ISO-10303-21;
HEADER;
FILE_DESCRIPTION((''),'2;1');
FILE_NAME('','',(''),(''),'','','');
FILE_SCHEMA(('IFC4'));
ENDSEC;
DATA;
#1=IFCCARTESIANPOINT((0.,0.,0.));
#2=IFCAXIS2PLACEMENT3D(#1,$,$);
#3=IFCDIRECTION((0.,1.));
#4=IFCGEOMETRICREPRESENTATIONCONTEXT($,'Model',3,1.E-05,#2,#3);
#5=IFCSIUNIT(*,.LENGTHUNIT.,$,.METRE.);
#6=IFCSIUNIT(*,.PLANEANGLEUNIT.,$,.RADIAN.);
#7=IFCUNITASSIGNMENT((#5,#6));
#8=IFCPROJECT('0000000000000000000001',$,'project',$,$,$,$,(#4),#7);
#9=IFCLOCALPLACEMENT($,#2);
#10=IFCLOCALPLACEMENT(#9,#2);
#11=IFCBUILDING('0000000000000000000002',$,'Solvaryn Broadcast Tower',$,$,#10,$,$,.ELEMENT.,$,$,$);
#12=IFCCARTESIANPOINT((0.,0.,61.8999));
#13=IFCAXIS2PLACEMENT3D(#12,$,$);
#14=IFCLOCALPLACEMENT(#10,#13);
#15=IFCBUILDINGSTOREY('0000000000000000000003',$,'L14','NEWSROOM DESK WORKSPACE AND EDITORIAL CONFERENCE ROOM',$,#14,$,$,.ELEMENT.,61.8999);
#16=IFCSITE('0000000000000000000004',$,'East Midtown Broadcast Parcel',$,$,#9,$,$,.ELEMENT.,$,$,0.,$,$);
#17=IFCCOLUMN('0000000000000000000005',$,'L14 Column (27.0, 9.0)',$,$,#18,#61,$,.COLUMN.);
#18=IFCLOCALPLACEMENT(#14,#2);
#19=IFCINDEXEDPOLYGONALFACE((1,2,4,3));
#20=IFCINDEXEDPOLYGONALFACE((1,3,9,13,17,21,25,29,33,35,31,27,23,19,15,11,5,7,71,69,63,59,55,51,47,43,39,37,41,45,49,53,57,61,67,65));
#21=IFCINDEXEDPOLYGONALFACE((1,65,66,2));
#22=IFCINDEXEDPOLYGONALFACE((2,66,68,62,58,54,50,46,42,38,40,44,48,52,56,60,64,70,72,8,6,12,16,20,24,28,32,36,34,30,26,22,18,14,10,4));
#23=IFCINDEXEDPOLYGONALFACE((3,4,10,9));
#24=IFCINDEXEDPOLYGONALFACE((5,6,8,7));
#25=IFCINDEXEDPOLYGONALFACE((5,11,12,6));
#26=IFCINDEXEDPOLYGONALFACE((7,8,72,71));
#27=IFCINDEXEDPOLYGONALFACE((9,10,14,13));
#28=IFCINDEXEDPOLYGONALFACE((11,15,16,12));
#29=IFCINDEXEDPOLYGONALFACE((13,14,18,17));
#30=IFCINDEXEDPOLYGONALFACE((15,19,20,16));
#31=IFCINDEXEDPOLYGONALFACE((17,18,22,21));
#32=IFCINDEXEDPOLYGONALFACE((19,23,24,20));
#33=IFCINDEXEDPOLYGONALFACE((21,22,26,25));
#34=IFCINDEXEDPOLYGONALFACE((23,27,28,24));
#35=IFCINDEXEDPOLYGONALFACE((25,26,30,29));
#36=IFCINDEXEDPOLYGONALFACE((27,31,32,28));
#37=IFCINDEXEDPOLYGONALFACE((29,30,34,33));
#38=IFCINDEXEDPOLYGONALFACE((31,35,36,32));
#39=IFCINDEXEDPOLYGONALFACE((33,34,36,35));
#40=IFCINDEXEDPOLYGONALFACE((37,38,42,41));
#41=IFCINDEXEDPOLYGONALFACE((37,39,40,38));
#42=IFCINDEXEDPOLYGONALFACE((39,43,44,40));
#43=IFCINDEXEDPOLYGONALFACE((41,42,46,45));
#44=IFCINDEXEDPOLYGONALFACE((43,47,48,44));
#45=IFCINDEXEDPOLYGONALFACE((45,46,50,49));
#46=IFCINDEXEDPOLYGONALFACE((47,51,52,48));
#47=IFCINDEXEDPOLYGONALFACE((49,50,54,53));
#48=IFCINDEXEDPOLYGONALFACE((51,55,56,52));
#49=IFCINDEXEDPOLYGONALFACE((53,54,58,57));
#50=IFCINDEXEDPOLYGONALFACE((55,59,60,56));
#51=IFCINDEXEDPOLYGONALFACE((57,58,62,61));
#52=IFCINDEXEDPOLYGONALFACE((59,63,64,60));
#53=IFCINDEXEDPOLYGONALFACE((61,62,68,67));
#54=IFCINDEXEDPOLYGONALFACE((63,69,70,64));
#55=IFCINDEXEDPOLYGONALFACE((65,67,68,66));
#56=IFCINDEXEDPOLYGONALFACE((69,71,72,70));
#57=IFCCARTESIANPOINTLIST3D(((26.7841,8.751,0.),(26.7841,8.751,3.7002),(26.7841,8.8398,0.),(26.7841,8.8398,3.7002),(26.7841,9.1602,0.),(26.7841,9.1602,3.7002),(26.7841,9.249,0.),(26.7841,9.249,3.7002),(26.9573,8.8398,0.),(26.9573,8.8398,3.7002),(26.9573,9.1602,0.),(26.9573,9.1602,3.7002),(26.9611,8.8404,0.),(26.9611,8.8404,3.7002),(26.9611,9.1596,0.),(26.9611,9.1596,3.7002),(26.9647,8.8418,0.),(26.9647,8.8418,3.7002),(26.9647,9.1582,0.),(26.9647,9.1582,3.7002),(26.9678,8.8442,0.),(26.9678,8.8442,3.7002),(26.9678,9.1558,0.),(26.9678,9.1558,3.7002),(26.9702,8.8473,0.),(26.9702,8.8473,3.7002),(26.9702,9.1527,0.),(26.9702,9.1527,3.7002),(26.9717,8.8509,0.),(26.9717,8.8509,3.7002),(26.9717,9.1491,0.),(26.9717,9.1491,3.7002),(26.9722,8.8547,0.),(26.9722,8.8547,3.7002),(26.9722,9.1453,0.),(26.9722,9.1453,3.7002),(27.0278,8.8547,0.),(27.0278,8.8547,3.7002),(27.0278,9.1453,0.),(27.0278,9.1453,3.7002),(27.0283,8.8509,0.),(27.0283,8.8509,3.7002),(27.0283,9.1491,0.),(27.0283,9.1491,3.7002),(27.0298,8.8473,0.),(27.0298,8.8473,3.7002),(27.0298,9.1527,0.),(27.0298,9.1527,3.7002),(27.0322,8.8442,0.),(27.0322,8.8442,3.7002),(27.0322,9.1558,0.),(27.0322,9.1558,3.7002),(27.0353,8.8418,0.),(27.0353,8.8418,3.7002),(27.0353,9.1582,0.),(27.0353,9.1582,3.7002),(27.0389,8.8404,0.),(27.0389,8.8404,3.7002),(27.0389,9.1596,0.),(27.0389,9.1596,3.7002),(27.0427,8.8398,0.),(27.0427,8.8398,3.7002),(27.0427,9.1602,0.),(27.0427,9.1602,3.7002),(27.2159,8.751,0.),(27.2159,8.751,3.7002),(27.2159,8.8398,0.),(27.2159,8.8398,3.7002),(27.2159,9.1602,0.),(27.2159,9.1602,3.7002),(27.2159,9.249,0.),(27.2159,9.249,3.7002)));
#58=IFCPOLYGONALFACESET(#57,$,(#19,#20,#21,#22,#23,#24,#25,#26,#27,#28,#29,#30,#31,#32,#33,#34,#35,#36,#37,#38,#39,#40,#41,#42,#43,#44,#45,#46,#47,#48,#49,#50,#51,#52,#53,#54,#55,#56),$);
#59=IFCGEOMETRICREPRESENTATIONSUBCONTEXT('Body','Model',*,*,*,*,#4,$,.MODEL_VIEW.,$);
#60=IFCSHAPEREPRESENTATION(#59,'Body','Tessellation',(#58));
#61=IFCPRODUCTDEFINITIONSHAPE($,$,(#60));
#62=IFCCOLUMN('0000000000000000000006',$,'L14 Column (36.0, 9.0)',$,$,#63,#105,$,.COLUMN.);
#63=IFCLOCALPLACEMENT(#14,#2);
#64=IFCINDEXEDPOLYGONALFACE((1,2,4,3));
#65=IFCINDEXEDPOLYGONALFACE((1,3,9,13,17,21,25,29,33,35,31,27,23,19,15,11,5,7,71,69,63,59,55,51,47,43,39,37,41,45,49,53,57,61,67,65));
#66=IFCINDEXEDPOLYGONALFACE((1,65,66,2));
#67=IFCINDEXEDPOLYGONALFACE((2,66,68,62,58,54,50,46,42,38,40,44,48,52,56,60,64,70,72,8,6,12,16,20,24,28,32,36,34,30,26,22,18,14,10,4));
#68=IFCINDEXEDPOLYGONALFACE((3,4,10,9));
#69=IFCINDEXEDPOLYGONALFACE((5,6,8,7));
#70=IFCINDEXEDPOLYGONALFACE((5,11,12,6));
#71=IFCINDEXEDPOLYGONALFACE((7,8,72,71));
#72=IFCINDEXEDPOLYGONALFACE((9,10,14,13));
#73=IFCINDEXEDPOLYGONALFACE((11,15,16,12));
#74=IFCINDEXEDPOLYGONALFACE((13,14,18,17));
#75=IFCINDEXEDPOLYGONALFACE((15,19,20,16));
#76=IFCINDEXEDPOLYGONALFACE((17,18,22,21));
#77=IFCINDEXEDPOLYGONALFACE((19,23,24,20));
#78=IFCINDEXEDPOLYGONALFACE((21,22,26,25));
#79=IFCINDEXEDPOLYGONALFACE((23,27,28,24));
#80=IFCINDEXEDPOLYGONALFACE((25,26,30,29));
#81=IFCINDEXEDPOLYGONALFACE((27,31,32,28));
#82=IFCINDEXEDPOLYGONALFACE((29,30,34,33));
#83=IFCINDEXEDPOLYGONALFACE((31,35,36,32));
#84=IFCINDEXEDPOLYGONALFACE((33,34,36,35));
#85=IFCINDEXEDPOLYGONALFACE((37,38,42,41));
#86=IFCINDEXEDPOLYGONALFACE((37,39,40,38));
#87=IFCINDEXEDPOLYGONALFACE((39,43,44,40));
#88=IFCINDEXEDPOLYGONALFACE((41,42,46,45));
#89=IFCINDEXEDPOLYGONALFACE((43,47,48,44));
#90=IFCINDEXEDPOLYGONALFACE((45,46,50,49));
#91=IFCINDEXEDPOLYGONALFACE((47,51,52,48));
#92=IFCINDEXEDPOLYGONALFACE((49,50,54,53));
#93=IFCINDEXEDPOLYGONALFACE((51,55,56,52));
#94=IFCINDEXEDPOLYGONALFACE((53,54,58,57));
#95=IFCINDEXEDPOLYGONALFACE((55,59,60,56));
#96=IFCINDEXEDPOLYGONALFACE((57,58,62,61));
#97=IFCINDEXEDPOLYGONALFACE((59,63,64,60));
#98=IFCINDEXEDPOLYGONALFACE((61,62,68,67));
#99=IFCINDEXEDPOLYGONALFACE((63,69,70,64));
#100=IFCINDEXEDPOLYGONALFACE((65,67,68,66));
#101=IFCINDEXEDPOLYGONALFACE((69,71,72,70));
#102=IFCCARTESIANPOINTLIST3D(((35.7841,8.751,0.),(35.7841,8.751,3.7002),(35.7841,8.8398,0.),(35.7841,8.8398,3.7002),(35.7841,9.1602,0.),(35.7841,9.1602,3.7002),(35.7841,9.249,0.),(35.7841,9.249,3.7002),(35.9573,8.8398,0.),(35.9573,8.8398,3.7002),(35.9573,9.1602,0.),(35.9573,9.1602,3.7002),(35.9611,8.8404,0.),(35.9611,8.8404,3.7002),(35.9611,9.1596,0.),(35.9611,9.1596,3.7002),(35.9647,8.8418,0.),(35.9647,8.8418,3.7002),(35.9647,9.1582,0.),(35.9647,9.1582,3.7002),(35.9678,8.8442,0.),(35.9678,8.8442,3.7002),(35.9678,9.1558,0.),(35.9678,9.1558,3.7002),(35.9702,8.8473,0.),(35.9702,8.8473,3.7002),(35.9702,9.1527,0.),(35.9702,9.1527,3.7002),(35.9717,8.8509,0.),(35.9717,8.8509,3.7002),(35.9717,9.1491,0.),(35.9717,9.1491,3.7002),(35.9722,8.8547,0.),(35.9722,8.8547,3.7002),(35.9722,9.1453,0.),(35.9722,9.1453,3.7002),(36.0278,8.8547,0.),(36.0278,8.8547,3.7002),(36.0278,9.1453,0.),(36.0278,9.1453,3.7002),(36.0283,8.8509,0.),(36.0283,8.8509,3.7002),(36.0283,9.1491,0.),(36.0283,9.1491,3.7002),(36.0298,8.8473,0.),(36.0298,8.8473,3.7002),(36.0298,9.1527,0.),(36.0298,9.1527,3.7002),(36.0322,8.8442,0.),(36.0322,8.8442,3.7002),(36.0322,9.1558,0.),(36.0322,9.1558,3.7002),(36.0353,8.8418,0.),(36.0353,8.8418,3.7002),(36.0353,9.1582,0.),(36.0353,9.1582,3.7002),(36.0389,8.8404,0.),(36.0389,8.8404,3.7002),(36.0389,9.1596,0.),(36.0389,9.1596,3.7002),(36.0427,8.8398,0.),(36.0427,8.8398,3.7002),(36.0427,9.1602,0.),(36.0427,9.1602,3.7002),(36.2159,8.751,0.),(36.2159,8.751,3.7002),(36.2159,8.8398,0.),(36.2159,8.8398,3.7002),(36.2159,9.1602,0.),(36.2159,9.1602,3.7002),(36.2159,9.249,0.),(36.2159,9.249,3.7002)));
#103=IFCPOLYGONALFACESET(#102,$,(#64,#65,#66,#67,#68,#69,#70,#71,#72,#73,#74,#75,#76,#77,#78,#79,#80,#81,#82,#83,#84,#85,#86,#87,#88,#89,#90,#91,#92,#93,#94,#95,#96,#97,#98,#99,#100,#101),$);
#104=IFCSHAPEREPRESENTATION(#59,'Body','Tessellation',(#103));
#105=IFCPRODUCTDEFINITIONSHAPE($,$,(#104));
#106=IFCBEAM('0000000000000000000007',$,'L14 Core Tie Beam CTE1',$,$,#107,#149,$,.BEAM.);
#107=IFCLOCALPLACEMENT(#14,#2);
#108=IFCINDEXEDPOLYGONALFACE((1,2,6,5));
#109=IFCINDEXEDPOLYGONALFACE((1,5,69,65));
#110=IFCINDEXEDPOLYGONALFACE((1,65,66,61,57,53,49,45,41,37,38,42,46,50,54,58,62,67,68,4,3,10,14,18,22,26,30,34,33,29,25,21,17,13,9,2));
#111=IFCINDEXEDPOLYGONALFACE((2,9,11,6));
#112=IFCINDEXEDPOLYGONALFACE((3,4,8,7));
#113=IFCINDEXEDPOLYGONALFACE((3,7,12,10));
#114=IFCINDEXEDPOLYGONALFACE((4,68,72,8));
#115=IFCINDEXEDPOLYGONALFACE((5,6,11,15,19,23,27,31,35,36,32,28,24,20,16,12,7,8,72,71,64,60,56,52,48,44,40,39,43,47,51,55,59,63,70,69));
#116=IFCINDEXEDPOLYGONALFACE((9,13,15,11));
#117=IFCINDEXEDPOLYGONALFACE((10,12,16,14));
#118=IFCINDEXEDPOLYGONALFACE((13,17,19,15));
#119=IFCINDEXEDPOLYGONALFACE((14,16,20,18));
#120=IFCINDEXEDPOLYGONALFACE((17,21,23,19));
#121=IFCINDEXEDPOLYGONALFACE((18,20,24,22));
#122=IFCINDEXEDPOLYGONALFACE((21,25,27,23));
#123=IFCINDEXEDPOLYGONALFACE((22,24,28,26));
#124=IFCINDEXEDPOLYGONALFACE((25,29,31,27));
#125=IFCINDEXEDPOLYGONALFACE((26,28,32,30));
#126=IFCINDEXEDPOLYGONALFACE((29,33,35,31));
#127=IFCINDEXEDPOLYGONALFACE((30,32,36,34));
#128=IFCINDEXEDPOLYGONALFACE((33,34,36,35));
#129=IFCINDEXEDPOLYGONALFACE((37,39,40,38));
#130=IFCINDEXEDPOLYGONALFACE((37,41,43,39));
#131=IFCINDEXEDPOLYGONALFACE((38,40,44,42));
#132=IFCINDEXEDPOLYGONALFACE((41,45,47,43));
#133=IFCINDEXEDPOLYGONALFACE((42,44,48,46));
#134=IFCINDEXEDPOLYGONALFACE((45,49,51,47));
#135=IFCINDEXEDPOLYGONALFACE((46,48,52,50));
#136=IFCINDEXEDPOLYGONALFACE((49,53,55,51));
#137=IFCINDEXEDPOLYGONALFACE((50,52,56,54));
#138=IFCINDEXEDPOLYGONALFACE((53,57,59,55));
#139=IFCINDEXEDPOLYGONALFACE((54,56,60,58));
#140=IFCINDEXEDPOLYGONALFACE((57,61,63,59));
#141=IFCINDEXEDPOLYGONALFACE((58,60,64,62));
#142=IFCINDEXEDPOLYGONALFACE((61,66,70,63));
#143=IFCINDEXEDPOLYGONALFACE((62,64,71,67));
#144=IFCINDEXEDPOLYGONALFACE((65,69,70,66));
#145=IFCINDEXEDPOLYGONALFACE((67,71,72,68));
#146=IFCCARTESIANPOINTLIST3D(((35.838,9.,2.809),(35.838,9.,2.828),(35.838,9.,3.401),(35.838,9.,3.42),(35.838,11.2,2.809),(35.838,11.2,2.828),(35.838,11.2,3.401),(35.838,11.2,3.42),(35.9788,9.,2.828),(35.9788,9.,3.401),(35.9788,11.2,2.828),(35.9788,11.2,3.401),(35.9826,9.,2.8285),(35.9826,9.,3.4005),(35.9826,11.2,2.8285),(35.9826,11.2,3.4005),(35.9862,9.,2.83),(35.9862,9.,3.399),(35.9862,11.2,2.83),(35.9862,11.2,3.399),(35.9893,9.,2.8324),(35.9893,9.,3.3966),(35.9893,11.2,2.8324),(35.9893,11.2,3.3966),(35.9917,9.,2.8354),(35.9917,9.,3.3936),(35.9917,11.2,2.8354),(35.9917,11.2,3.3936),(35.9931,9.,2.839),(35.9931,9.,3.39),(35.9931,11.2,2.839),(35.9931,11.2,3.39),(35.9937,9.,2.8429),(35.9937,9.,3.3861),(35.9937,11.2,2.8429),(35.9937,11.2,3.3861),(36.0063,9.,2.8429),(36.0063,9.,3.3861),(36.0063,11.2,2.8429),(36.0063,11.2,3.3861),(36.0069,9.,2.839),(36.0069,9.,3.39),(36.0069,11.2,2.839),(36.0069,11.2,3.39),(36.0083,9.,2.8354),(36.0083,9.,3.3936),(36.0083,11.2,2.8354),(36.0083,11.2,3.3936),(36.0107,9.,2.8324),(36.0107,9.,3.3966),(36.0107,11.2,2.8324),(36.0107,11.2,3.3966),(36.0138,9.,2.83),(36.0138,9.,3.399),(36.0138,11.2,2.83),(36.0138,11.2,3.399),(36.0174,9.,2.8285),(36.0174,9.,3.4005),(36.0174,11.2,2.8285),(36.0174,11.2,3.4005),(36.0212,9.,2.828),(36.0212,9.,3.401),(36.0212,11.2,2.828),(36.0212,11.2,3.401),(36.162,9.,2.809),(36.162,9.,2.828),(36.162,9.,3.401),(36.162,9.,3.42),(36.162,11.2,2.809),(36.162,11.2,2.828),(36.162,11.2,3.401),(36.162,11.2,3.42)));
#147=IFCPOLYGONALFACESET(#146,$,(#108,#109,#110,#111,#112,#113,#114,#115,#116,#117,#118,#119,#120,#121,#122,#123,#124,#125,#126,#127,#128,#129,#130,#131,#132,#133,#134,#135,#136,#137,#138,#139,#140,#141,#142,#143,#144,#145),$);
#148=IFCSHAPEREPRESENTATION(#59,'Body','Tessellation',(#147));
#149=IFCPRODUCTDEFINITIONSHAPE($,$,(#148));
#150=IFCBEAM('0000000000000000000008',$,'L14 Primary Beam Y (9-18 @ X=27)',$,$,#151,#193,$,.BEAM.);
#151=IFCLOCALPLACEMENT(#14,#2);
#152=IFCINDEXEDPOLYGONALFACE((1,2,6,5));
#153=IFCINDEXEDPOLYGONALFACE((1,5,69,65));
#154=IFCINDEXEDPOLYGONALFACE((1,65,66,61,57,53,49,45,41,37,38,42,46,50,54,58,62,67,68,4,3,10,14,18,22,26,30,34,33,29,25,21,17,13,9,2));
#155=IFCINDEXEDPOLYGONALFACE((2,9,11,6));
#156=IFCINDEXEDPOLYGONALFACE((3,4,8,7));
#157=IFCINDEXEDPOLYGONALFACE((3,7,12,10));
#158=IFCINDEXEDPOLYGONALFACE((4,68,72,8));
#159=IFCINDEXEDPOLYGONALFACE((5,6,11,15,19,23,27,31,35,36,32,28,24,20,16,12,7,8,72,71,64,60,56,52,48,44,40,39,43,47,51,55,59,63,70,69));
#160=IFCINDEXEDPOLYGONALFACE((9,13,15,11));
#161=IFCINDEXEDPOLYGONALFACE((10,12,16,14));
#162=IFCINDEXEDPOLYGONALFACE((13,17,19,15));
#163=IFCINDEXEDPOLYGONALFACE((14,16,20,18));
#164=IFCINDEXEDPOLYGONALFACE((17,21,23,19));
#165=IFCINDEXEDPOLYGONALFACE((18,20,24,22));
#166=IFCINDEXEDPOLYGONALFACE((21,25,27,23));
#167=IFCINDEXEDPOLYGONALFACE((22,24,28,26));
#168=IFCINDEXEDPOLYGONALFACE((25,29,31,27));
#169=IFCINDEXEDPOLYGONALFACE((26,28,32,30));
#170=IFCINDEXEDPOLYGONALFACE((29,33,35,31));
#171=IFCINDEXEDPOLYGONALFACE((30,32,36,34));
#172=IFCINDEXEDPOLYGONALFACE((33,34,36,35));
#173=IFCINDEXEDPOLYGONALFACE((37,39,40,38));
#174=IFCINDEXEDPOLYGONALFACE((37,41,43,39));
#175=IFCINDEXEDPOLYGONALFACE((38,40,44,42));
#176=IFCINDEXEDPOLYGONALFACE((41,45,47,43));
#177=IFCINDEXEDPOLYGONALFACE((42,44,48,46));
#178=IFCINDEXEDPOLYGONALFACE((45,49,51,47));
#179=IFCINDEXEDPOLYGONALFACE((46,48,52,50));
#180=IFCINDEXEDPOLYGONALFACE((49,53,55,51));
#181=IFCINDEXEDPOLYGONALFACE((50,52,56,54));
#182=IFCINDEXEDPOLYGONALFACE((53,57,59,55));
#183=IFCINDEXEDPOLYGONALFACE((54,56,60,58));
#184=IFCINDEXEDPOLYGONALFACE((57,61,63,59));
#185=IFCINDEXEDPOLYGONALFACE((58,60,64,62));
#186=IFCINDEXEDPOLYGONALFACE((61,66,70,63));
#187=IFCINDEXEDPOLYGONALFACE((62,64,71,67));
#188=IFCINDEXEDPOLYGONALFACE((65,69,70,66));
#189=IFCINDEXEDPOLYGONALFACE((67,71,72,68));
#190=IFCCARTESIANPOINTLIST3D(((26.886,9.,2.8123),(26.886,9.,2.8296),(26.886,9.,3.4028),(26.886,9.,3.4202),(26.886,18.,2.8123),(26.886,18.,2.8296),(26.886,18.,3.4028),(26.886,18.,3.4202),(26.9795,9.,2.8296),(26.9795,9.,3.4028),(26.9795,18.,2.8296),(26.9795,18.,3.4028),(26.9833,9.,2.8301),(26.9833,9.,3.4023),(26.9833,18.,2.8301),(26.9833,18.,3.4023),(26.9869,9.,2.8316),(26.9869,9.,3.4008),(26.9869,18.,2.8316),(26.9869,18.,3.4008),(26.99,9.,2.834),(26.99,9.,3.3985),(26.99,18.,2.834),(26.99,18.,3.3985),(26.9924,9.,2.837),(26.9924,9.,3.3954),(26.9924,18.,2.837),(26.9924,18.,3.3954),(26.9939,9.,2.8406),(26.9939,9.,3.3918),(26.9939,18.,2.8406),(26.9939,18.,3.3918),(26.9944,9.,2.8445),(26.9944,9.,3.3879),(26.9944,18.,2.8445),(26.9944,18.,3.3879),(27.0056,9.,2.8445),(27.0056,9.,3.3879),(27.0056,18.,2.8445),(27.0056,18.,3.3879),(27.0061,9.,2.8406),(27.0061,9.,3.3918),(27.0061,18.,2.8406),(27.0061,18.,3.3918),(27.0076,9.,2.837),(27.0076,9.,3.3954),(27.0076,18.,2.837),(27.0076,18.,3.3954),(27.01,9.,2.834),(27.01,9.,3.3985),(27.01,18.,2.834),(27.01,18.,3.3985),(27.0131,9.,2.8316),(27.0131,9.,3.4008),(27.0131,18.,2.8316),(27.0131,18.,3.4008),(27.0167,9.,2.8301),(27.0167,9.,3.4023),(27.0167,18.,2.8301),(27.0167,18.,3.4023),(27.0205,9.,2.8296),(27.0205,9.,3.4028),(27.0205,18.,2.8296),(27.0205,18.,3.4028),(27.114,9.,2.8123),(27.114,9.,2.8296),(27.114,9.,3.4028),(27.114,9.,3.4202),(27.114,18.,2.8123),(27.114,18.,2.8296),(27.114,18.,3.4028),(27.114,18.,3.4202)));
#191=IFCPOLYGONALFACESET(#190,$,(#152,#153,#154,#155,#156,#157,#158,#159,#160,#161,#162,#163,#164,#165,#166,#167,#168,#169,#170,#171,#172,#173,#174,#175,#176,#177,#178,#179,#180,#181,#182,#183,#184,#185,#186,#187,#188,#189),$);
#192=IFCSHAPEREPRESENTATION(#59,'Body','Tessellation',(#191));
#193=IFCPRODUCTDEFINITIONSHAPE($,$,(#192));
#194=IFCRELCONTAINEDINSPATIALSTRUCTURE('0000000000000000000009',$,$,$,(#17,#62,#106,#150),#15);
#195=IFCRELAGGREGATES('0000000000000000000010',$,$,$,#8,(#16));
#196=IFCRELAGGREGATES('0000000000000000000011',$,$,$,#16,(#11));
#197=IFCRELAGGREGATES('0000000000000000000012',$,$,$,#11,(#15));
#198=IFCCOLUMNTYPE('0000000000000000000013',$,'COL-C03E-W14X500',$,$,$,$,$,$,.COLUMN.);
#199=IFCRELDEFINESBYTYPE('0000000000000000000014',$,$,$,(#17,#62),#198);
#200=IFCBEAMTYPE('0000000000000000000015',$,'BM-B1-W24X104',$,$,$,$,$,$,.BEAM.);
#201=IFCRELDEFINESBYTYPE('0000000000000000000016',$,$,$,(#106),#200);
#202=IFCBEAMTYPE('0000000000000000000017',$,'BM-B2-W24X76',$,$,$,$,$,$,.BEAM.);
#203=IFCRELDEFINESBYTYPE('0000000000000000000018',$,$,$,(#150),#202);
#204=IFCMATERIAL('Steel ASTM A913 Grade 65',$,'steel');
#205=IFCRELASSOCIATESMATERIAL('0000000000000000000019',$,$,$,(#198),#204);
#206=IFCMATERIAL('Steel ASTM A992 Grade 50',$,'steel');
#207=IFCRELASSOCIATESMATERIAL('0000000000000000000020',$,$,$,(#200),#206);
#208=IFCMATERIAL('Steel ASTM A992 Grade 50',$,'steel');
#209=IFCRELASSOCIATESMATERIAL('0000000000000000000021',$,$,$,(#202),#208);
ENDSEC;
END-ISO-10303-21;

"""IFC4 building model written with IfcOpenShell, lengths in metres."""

from ifc_helpers import new_model, si_unit, direction, frame, origin, origin_2d, place, context, subcontext, project, spatial, i_section, extrude, material, material_profile, profile_set, type_object, element, save


model = new_model("IFC4")

# Units and contexts
model_context = context("Model", 3, precision=1e-05, world=origin(), true_north=direction((0.0, 1.0)))
body_context = subcontext(model_context, "Body", "Model", "MODEL_VIEW")
ifc_project = project(units=[si_unit("LENGTHUNIT", "METRE"), si_unit("PLANEANGLEUNIT", "RADIAN")], contexts=[model_context])

# Site, building, storey
site_placement = place(None, origin())
site = spatial("IfcSite", under=ifc_project, at=site_placement, Name="East Midtown Broadcast Parcel", CompositionType="ELEMENT", RefElevation=0.0)
building_placement = place(site_placement, origin())
building = spatial("IfcBuilding", under=site, at=building_placement, Name="Solvaryn Broadcast Tower", CompositionType="ELEMENT")
storey_placement = place(building_placement, frame((0.0, 0.0, 61.8999)))
storey = spatial("IfcBuildingStorey", under=building, at=storey_placement, Name="L14", Description="NEWSROOM DESK WORKSPACE AND EDITORIAL CONFERENCE ROOM", CompositionType="ELEMENT", Elevation=61.8999)

# Columns
ifc_material_1 = material(Name="Steel ASTM A913 Grade 65", Category="steel")
ifc_material_profile_1 = material_profile(ifc_material_1, i_section(OverallWidth=0.4319, OverallDepth=0.498, WebThickness=0.0557, FlangeThickness=0.0889, FilletRadius=0.0149, at=origin_2d()))
ifc_profile_set_1 = profile_set([ifc_material_profile_1], Name="Steel ASTM A913 Grade 65")
column_type = type_object("IfcColumnType", Name="COL-C03E-W14X500", PredefinedType="COLUMN", material=ifc_profile_set_1)
for number, where, z_axis, x_axis, name in (
    (1, (27.0, 9.0, 0.0), (0.0, 0.0, 1.0), (1.0, 0.0, 0.0), "L14 Column (27.0, 9.0)"),
    (2, (36.0, 9.0, 0.0), (0.0, 0.0, 1.0), (1.0, 0.0, 0.0), "L14 Column (36.0, 9.0)"),
):
    element("IfcColumn", number, at=place(storey_placement, frame(where, z_axis=z_axis, x_axis=x_axis)), inside=storey, type_object=column_type, Name=name, PredefinedType="COLUMN", context=body_context, shape_type="SweptSolid", body=[
        extrude(i_section(OverallWidth=0.4319, OverallDepth=0.498, WebThickness=0.0557, FlangeThickness=0.0889, FilletRadius=0.0149, at=origin_2d()), origin(), (0.0, 0.0, 1.0), 3.7002),
    ])

# Beams
ifc_material_2 = material(Name="Steel ASTM A992 Grade 50", Category="steel")
ifc_material_profile_2 = material_profile(ifc_material_2, i_section(OverallWidth=0.324, OverallDepth=0.6111, WebThickness=0.0127, FlangeThickness=0.019, FilletRadius=0.0149, at=origin_2d()))
ifc_profile_set_2 = profile_set([ifc_material_profile_2], Name="Steel ASTM A992 Grade 50")
beam_type_1 = type_object("IfcBeamType", Name="BM-B1-W24X104", PredefinedType="BEAM", material=ifc_profile_set_2)
beam_1_placement = place(storey_placement, frame((36.0, 9.0, 3.1145), z_axis=(0.0, 1.0, 0.0), x_axis=(-1.0, 0.0, 0.0)))
element("IfcBeam", 3, at=beam_1_placement, inside=storey, type_object=beam_type_1, Name="L14 Core Tie Beam CTE1", PredefinedType="BEAM", context=body_context, shape_type="SweptSolid", body=[
    extrude(i_section(OverallWidth=0.324, OverallDepth=0.6111, WebThickness=0.0127, FlangeThickness=0.019, FilletRadius=0.0149, at=origin_2d()), origin(), (0.0, 0.0, 1.0), 2.2),
])
ifc_material_3 = material(Name="Steel ASTM A992 Grade 50", Category="steel")
ifc_material_profile_3 = material_profile(ifc_material_3, i_section(OverallWidth=0.228, OverallDepth=0.6079, WebThickness=0.0112, FlangeThickness=0.0173, FilletRadius=0.0149, at=origin_2d()))
ifc_profile_set_3 = profile_set([ifc_material_profile_3], Name="Steel ASTM A992 Grade 50")
beam_type_2 = type_object("IfcBeamType", Name="BM-B2-W24X76", PredefinedType="BEAM", material=ifc_profile_set_3)
beam_2_placement = place(storey_placement, frame((27.0, 9.0, 3.1162), z_axis=(0.0, 1.0, 0.0), x_axis=(-1.0, 0.0, 0.0)))
element("IfcBeam", 4, at=beam_2_placement, inside=storey, type_object=beam_type_2, Name="L14 Primary Beam Y (9-18 @ X=27)", PredefinedType="BEAM", context=body_context, shape_type="SweptSolid", body=[
    extrude(i_section(OverallWidth=0.228, OverallDepth=0.6079, WebThickness=0.0112, FlangeThickness=0.0173, FilletRadius=0.0149, at=origin_2d()), origin(), (0.0, 0.0, 1.0), 9.0),
])

save(model, "model.ifc")
